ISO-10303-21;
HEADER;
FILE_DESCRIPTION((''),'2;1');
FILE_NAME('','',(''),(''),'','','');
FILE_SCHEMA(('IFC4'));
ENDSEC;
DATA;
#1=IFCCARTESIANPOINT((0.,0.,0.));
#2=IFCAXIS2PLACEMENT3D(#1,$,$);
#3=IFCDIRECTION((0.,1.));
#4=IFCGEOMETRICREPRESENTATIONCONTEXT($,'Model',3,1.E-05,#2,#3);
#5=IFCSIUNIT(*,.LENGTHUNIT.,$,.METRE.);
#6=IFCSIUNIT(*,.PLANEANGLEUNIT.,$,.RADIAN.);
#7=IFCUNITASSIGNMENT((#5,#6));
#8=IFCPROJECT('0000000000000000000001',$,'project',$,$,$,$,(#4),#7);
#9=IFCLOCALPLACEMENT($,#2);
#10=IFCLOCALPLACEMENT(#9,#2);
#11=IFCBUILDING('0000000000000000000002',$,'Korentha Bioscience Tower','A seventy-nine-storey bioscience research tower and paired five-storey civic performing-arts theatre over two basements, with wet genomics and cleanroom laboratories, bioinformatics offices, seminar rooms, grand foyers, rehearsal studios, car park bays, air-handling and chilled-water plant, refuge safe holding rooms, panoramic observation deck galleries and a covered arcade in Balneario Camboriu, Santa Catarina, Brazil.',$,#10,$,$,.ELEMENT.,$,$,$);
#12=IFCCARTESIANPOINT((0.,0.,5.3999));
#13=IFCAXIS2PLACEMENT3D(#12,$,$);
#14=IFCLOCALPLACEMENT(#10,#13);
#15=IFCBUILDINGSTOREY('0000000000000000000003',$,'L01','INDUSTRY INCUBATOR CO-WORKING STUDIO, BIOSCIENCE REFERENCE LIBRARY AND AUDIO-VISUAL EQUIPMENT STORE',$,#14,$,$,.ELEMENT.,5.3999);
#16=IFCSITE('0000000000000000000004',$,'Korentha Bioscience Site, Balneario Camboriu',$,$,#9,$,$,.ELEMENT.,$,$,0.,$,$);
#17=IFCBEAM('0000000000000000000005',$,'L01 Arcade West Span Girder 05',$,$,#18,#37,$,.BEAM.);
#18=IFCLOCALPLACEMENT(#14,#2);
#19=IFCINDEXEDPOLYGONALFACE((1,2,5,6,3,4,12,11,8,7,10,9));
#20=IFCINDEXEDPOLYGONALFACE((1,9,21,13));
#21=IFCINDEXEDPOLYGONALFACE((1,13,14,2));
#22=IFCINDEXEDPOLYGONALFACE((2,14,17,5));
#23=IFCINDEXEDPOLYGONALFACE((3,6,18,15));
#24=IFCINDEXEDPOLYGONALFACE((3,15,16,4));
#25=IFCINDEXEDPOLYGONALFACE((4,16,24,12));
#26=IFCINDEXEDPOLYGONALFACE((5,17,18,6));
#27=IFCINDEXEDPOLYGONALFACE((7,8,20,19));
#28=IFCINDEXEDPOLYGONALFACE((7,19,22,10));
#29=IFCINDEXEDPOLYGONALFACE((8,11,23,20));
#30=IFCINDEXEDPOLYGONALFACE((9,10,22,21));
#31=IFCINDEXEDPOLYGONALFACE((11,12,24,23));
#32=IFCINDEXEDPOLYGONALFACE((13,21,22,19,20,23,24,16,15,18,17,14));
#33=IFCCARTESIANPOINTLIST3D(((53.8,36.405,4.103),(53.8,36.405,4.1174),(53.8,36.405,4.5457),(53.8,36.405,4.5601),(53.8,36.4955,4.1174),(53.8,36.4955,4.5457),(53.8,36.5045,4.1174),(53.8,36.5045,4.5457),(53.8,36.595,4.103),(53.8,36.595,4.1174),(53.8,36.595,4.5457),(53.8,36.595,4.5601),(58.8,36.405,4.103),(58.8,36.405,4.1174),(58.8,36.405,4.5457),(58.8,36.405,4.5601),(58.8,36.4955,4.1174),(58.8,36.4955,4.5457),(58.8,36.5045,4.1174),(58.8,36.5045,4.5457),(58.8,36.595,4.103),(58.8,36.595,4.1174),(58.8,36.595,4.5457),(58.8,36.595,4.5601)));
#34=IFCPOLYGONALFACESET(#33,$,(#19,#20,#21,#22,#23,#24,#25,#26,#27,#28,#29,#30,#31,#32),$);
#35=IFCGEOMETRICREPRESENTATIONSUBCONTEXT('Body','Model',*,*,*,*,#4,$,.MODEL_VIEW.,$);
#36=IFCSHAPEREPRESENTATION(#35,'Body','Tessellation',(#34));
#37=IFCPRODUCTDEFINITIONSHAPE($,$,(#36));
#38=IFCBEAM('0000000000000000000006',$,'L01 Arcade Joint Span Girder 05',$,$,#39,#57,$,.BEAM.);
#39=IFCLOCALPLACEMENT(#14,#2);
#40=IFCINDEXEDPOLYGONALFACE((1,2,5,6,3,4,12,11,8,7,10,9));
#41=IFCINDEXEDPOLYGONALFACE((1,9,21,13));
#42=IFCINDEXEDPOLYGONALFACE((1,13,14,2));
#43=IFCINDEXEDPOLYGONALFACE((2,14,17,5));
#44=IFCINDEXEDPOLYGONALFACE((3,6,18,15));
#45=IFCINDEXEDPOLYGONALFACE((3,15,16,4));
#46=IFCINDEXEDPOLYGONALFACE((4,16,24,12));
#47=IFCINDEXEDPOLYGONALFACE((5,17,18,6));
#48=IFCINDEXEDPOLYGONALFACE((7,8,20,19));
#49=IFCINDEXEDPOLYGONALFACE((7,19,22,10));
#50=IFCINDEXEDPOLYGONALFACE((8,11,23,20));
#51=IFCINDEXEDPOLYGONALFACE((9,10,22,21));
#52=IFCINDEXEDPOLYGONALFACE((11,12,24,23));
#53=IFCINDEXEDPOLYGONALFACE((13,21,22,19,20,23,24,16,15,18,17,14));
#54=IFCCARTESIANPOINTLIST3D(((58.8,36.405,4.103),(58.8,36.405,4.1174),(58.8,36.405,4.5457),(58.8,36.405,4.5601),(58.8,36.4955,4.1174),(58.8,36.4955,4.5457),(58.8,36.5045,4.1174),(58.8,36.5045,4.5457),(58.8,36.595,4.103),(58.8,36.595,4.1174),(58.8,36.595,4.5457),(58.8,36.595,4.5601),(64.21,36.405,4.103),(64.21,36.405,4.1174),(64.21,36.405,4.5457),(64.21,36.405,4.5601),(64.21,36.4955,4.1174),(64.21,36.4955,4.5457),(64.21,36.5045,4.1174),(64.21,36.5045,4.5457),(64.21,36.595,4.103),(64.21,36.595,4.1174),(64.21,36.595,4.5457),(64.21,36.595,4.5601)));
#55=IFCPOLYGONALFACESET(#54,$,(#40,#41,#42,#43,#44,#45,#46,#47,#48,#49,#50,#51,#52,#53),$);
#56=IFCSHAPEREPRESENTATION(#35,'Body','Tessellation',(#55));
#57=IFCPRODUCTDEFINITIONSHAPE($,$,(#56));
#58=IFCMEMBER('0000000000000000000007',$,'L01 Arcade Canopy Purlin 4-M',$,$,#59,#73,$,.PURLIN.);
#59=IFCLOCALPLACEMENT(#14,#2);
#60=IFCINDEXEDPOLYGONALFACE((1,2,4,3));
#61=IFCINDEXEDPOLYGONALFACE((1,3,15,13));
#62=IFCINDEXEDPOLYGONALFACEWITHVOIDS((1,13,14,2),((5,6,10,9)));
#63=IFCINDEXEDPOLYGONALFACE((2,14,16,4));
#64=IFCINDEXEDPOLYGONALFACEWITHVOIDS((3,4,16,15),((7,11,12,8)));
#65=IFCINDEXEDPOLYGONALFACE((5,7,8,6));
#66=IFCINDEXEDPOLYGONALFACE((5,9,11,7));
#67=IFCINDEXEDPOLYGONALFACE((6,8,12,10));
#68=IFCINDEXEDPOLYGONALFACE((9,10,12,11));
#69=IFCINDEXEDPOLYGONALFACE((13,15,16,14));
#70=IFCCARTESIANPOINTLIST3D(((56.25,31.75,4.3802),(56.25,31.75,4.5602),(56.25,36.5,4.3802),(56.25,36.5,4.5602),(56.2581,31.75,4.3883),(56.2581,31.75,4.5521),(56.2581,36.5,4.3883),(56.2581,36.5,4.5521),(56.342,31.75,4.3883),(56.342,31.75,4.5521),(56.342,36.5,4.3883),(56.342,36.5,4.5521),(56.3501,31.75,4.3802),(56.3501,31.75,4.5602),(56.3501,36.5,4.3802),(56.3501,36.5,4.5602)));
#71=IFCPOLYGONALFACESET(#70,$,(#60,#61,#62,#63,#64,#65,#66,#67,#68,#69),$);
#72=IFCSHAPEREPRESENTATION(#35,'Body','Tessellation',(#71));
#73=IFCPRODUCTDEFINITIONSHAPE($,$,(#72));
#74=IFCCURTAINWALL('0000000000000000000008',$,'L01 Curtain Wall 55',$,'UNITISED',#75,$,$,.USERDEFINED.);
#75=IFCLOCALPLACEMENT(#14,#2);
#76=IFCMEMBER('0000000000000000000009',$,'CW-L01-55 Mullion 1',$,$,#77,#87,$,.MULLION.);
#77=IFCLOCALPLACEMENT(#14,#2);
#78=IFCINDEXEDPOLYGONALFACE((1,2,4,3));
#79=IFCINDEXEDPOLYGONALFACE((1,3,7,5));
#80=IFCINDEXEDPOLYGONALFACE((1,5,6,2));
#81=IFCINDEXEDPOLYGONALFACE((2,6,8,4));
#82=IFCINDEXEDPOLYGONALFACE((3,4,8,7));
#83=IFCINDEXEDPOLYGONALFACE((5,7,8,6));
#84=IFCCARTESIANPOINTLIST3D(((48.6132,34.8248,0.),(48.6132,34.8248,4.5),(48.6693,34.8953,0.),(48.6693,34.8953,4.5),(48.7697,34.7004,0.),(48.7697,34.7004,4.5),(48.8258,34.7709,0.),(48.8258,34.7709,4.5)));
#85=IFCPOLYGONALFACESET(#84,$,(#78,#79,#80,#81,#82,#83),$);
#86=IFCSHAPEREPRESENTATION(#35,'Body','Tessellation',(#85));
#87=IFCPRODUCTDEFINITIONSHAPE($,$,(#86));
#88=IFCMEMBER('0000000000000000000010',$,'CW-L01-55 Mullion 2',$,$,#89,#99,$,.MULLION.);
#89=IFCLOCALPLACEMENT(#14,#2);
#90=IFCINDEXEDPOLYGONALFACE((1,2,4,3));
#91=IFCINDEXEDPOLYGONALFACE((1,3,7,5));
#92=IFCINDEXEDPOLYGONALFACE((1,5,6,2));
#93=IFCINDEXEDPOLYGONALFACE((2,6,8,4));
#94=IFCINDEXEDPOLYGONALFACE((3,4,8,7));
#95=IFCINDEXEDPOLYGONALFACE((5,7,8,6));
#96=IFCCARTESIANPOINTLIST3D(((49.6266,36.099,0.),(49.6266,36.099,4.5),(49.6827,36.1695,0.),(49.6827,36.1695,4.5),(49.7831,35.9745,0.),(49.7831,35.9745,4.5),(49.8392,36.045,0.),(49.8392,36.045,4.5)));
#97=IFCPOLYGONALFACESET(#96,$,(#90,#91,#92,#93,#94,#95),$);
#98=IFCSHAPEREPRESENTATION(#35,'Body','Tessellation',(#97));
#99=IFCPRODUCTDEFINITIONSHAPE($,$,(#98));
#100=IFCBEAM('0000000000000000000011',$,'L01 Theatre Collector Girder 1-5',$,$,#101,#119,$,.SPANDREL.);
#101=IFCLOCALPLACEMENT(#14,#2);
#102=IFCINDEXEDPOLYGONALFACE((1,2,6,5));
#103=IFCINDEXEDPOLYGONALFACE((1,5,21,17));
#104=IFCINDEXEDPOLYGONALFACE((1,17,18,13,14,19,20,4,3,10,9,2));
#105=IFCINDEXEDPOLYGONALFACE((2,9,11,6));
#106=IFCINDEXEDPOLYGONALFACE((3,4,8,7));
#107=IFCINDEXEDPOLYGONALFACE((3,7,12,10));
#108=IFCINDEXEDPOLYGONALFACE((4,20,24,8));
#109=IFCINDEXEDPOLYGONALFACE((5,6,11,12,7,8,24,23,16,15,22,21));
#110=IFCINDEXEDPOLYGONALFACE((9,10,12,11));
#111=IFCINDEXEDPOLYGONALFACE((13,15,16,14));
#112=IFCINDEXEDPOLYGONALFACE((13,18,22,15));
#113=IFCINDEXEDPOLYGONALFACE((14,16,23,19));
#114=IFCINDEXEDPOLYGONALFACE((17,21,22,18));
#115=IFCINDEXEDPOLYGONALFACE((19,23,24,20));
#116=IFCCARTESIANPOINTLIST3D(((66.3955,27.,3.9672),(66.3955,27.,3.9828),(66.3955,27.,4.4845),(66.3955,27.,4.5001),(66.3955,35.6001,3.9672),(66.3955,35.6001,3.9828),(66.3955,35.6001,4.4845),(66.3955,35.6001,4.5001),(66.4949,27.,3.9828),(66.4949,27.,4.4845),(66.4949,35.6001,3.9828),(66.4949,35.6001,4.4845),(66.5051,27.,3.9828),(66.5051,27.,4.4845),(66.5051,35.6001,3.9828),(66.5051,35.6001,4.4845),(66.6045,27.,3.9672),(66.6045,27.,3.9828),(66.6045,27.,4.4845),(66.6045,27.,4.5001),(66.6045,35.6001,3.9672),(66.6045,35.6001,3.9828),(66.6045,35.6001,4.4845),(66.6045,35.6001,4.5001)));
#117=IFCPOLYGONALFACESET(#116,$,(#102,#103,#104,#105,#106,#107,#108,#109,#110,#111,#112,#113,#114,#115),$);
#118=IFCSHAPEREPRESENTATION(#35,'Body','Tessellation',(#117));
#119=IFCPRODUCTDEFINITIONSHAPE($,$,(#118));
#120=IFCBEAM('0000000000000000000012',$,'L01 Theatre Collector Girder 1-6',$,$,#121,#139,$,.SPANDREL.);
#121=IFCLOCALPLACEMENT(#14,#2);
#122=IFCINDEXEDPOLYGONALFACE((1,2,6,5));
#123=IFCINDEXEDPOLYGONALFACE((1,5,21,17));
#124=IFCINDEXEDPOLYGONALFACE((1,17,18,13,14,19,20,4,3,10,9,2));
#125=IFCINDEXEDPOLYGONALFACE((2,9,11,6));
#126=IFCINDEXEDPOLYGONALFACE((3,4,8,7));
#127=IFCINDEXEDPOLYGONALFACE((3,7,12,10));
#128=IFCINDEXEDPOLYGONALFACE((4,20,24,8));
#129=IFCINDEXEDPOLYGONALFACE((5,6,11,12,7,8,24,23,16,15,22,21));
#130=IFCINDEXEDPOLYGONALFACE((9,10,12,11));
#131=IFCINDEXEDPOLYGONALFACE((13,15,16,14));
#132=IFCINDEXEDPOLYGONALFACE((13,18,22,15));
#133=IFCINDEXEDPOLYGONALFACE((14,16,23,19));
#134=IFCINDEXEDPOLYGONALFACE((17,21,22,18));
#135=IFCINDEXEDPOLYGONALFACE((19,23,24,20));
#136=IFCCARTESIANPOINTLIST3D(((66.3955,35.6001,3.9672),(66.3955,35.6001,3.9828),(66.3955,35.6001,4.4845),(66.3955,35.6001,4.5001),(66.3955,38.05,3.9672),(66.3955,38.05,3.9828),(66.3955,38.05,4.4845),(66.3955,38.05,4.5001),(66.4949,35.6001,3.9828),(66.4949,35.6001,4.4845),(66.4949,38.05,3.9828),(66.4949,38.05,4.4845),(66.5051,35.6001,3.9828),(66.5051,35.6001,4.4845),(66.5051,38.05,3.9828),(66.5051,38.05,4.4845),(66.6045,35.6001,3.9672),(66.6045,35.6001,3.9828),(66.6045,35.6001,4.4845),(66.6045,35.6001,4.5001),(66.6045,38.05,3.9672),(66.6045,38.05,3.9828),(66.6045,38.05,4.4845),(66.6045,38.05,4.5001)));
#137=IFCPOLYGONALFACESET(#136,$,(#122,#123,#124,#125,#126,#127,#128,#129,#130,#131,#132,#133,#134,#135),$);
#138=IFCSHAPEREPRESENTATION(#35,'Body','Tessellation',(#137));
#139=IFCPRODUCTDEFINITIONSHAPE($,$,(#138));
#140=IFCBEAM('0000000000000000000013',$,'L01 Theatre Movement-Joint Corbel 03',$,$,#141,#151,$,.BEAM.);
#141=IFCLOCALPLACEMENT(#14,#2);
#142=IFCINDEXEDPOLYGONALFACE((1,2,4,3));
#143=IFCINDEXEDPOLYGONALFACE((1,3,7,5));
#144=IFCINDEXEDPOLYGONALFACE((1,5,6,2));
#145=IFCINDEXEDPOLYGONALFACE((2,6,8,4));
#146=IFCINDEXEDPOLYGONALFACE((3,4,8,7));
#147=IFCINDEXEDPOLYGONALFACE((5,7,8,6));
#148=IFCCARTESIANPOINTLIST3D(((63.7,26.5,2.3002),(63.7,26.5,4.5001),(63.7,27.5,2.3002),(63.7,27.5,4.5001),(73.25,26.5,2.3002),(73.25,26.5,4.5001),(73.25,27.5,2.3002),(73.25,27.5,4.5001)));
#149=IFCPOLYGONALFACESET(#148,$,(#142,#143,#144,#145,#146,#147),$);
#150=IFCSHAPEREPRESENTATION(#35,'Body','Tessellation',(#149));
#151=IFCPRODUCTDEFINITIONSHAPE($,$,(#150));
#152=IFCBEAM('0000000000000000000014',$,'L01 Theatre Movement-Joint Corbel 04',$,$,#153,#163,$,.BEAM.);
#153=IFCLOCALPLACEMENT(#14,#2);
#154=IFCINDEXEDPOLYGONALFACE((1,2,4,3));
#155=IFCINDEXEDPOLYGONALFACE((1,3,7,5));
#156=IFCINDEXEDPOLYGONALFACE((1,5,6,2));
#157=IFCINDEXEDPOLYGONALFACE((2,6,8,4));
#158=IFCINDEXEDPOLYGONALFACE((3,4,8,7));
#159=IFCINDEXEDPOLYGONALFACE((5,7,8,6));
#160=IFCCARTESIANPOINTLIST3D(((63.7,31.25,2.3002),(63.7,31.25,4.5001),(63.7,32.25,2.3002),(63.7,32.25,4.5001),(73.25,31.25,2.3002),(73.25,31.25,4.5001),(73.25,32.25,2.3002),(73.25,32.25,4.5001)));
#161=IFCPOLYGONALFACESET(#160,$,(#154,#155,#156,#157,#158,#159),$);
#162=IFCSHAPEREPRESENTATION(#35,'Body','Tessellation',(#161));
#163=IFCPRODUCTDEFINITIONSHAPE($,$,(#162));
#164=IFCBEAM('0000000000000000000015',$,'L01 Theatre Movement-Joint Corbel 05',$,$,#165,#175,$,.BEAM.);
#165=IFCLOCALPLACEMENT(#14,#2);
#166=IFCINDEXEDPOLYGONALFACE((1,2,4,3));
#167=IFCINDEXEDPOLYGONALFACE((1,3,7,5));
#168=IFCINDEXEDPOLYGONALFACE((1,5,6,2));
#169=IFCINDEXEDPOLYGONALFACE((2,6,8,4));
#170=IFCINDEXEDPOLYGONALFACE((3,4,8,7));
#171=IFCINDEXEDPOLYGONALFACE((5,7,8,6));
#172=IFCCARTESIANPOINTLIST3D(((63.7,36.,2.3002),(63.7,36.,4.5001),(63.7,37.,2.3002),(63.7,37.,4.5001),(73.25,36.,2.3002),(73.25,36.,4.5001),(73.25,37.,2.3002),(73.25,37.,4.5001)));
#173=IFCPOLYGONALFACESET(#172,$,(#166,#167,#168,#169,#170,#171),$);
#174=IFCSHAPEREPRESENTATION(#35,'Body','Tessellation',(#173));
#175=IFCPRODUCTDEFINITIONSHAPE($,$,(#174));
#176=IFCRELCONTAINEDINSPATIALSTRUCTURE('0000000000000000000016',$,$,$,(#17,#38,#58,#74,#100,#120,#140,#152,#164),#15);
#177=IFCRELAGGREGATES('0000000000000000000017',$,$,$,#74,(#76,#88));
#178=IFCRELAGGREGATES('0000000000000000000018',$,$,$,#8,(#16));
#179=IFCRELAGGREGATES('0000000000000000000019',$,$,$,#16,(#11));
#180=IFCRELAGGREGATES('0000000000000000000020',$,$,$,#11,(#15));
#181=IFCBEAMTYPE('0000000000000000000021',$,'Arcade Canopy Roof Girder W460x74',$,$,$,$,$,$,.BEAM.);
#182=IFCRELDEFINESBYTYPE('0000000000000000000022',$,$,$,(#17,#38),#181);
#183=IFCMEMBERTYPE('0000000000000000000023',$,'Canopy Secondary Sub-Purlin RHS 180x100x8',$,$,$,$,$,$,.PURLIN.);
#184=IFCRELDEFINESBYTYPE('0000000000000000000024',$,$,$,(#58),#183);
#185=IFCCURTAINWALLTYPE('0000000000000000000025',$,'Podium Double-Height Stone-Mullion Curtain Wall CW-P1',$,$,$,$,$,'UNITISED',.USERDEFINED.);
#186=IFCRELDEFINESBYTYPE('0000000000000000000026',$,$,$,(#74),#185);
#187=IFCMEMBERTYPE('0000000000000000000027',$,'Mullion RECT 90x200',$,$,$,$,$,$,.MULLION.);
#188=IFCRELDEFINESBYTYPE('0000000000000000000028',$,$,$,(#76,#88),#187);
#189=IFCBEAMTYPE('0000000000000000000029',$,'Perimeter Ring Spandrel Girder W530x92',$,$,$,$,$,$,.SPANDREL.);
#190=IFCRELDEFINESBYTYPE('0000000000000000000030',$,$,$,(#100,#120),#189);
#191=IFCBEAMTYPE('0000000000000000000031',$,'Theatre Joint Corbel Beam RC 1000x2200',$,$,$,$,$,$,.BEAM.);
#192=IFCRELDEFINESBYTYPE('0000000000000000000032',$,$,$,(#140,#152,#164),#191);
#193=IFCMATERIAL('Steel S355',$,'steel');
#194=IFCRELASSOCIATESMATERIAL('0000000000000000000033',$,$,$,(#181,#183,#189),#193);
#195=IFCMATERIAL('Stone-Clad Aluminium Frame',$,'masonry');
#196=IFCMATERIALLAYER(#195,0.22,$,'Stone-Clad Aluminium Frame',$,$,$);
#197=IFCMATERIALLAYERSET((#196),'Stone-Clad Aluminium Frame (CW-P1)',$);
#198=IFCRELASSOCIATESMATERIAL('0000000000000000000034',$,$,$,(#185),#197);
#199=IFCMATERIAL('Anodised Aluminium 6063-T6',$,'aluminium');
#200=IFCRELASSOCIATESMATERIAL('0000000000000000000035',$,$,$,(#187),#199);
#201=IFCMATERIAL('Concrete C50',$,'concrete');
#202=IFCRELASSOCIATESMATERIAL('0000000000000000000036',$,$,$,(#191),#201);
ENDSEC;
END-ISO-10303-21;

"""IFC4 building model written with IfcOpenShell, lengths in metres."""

from ifc_helpers import new_model, si_unit, direction, frame, origin, origin_2d, place, context, subcontext, project, spatial, rectangle, hollow_rectangle, i_section, extrude, material, layer, layer_set, material_profile, profile_set, type_object, element, aggregate, save


model = new_model("IFC4")

# Units and contexts
model_context = context("Model", 3, precision=1e-05, world=origin(), true_north=direction((0.0, 1.0)))
body_context = subcontext(model_context, "Body", "Model", "MODEL_VIEW")
ifc_project = project(units=[si_unit("LENGTHUNIT", "METRE"), si_unit("PLANEANGLEUNIT", "RADIAN")], contexts=[model_context])

# Site, building, storey
site_placement = place(None, origin())
site = spatial("IfcSite", under=ifc_project, at=site_placement, Name="Korentha Bioscience Site, Balneario Camboriu", CompositionType="ELEMENT", RefElevation=0.0)
building_placement = place(site_placement, origin())
building = spatial("IfcBuilding", under=site, at=building_placement, Name="Korentha Bioscience Tower", Description="A seventy-nine-storey bioscience research tower and paired five-storey civic performing-arts theatre over two basements, with wet genomics and cleanroom laboratories, bioinformatics offices, seminar rooms, grand foyers, rehearsal studios, car park bays, air-handling and chilled-water plant, refuge safe holding rooms, panoramic observation deck galleries and a covered arcade in Balneario Camboriu, Santa Catarina, Brazil.", CompositionType="ELEMENT")
storey_placement = place(building_placement, frame((0.0, 0.0, 5.3999)))
storey = spatial("IfcBuildingStorey", under=building, at=storey_placement, Name="L01", Description="INDUSTRY INCUBATOR CO-WORKING STUDIO, BIOSCIENCE REFERENCE LIBRARY AND AUDIO-VISUAL EQUIPMENT STORE", CompositionType="ELEMENT", Elevation=5.3999)

# Shared definitions
ifc_material_1 = material(Name="Steel S355", Category="steel")
ifc_material_2 = material(Name="Concrete C50", Category="concrete")

# Beams
ifc_material_profile_1 = material_profile(ifc_material_1, i_section(OverallWidth=0.1899, OverallDepth=0.457, WebThickness=0.009, FlangeThickness=0.0144, at=origin_2d()), Name="Steel S355")
ifc_profile_set_1 = profile_set([ifc_material_profile_1], Name="Steel S355 (AB-460)")
beam_type_1 = type_object("IfcBeamType", Name="Arcade Canopy Roof Girder W460x74", PredefinedType="BEAM", material=ifc_profile_set_1)
beam_1_placement = place(storey_placement, frame((53.8, 36.5, 4.3315), z_axis=(1.0, 0.0, 0.0), x_axis=(0.0, 1.0, 0.0)))
element("IfcBeam", 1, at=beam_1_placement, inside=storey, type_object=beam_type_1, Name="L01 Arcade West Span Girder 05", PredefinedType="BEAM", context=body_context, shape_type="SweptSolid", body=[
    extrude(i_section(OverallWidth=0.1899, OverallDepth=0.457, WebThickness=0.009, FlangeThickness=0.0144, at=origin_2d()), origin(), (0.0, 0.0, 1.0), 5.0),
])
beam_2_placement = place(storey_placement, frame((58.8, 36.5, 4.3315), z_axis=(1.0, 0.0, 0.0), x_axis=(0.0, 1.0, 0.0)))
element("IfcBeam", 2, at=beam_2_placement, inside=storey, type_object=beam_type_1, Name="L01 Arcade Joint Span Girder 05", PredefinedType="BEAM", context=body_context, shape_type="SweptSolid", body=[
    extrude(i_section(OverallWidth=0.1899, OverallDepth=0.457, WebThickness=0.009, FlangeThickness=0.0144, at=origin_2d()), origin(), (0.0, 0.0, 1.0), 5.4099),
])

# Member
ifc_material_profile_2 = material_profile(ifc_material_1, hollow_rectangle(XDim=0.1001, YDim=0.1799, WallThickness=0.0081, at=origin_2d()), Name="Steel S355")
ifc_profile_set_2 = profile_set([ifc_material_profile_2], Name="Steel S355 (AC-P180)")
member_type_1 = type_object("IfcMemberType", Name="Canopy Secondary Sub-Purlin RHS 180x100x8", PredefinedType="PURLIN", material=ifc_profile_set_2)
member_1_placement = place(storey_placement, frame((56.3, 31.75, 4.4702), z_axis=(0.0, 1.0, 0.0), x_axis=(-1.0, 0.0, 0.0)))
element("IfcMember", 3, at=member_1_placement, inside=storey, type_object=member_type_1, Name="L01 Arcade Canopy Purlin 4-M", PredefinedType="PURLIN", context=body_context, shape_type="SweptSolid", body=[
    extrude(hollow_rectangle(XDim=0.1001, YDim=0.1799, WallThickness=0.0081, at=origin_2d()), origin(), (0.0, 0.0, 1.0), 4.75),
])

# Curtain wall, members
ifc_material_3 = material(Name="Stone-Clad Aluminium Frame", Category="masonry")
ifc_layer_1 = layer(ifc_material_3, 0.22, Name="Stone-Clad Aluminium Frame")
ifc_layer_set_1 = layer_set([ifc_layer_1], Name="Stone-Clad Aluminium Frame (CW-P1)")
curtain_wall_type = type_object("IfcCurtainWallType", Name="Podium Double-Height Stone-Mullion Curtain Wall CW-P1", ElementType="UNITISED", PredefinedType="USERDEFINED", material=ifc_layer_set_1)
curtain_wall_placement = place(storey_placement, origin())
curtain_wall = element("IfcCurtainWall", 4, at=curtain_wall_placement, inside=storey, type_object=curtain_wall_type, Name="L01 Curtain Wall 55", ObjectType="UNITISED", PredefinedType="USERDEFINED")
ifc_material_4 = material(Name="Anodised Aluminium 6063-T6", Category="aluminium")
ifc_material_profile_3 = material_profile(ifc_material_4, rectangle(XDim=0.0901, YDim=0.2, at=origin_2d()), Name="Anodised Aluminium 6063-T6")
ifc_profile_set_3 = profile_set([ifc_material_profile_3], Name="Anodised Aluminium 6063-T6 (CW-MUL)")
member_type_2 = type_object("IfcMemberType", Name="Mullion RECT 90x200", PredefinedType="MULLION", material=ifc_profile_set_3)
member_2_placement = place(storey_placement, frame((48.7195, 34.7979, 0.0), z_axis=(0.0, 0.0, 1.0), x_axis=(0.62252, 0.782604, 0.0)))
member_2 = element("IfcMember", 5, at=member_2_placement, type_object=member_type_2, Name="CW-L01-55 Mullion 1", PredefinedType="MULLION", context=body_context, shape_type="SweptSolid", body=[
    extrude(rectangle(XDim=0.0901, YDim=0.2, at=origin_2d()), origin(), (0.0, 0.0, 1.0), 4.5),
])
member_3_placement = place(storey_placement, frame((49.7329, 36.072, 0.0), z_axis=(0.0, 0.0, 1.0), x_axis=(0.62252, 0.782604, 0.0)))
member_3 = element("IfcMember", 6, at=member_3_placement, type_object=member_type_2, Name="CW-L01-55 Mullion 2", PredefinedType="MULLION", context=body_context, shape_type="SweptSolid", body=[
    extrude(rectangle(XDim=0.0901, YDim=0.2, at=origin_2d()), origin(), (0.0, 0.0, 1.0), 4.5),
])

# Beams
ifc_material_profile_4 = material_profile(ifc_material_1, i_section(OverallWidth=0.209, OverallDepth=0.533, WebThickness=0.0103, FlangeThickness=0.0156, at=origin_2d()), Name="Steel S355")
ifc_profile_set_4 = profile_set([ifc_material_profile_4], Name="Steel S355 (SB-530)")
beam_type_2 = type_object("IfcBeamType", Name="Perimeter Ring Spandrel Girder W530x92", PredefinedType="SPANDREL", material=ifc_profile_set_4)
beam_3_placement = place(storey_placement, frame((66.5, 27.0, 4.2336), z_axis=(0.0, 1.0, 0.0), x_axis=(-1.0, 0.0, 0.0)))
element("IfcBeam", 7, at=beam_3_placement, inside=storey, type_object=beam_type_2, Name="L01 Theatre Collector Girder 1-5", PredefinedType="SPANDREL", context=body_context, shape_type="SweptSolid", body=[
    extrude(i_section(OverallWidth=0.209, OverallDepth=0.533, WebThickness=0.0103, FlangeThickness=0.0156, at=origin_2d()), origin(), (0.0, 0.0, 1.0), 8.6001),
])
beam_4_placement = place(storey_placement, frame((66.5, 35.6001, 4.2336), z_axis=(0.0, 1.0, 0.0), x_axis=(-1.0, 0.0, 0.0)))
element("IfcBeam", 8, at=beam_4_placement, inside=storey, type_object=beam_type_2, Name="L01 Theatre Collector Girder 1-6", PredefinedType="SPANDREL", context=body_context, shape_type="SweptSolid", body=[
    extrude(i_section(OverallWidth=0.209, OverallDepth=0.533, WebThickness=0.0103, FlangeThickness=0.0156, at=origin_2d()), origin(), (0.0, 0.0, 1.0), 2.45),
])
ifc_material_profile_5 = material_profile(ifc_material_2, rectangle(XDim=1.0, YDim=2.2, at=origin_2d()), Name="Concrete C50")
ifc_profile_set_5 = profile_set([ifc_material_profile_5], Name="Concrete C50 (TCB-01)")
beam_type_3 = type_object("IfcBeamType", Name="Theatre Joint Corbel Beam RC 1000x2200", PredefinedType="BEAM", material=ifc_profile_set_5)
for number, where, z_axis, x_axis, name in (
    (9, (63.7, 27.0, 3.4001), (1.0, 0.0, 0.0), (0.0, 1.0, 0.0), "L01 Theatre Movement-Joint Corbel 03"),
    (10, (63.7, 31.75, 3.4001), (1.0, 0.0, 0.0), (0.0, 1.0, 0.0), "L01 Theatre Movement-Joint Corbel 04"),
    (11, (63.7, 36.5, 3.4001), (1.0, 0.0, 0.0), (0.0, 1.0, 0.0), "L01 Theatre Movement-Joint Corbel 05"),
):
    element("IfcBeam", number, at=place(storey_placement, frame(where, z_axis=z_axis, x_axis=x_axis)), inside=storey, type_object=beam_type_3, Name=name, PredefinedType="BEAM", context=body_context, shape_type="SweptSolid", body=[
        extrude(rectangle(XDim=1.0, YDim=2.2, at=origin_2d()), origin(), (0.0, 0.0, 1.0), 9.55),
    ])

aggregate(curtain_wall, [member_2, member_3])

save(model, "model.ifc")
